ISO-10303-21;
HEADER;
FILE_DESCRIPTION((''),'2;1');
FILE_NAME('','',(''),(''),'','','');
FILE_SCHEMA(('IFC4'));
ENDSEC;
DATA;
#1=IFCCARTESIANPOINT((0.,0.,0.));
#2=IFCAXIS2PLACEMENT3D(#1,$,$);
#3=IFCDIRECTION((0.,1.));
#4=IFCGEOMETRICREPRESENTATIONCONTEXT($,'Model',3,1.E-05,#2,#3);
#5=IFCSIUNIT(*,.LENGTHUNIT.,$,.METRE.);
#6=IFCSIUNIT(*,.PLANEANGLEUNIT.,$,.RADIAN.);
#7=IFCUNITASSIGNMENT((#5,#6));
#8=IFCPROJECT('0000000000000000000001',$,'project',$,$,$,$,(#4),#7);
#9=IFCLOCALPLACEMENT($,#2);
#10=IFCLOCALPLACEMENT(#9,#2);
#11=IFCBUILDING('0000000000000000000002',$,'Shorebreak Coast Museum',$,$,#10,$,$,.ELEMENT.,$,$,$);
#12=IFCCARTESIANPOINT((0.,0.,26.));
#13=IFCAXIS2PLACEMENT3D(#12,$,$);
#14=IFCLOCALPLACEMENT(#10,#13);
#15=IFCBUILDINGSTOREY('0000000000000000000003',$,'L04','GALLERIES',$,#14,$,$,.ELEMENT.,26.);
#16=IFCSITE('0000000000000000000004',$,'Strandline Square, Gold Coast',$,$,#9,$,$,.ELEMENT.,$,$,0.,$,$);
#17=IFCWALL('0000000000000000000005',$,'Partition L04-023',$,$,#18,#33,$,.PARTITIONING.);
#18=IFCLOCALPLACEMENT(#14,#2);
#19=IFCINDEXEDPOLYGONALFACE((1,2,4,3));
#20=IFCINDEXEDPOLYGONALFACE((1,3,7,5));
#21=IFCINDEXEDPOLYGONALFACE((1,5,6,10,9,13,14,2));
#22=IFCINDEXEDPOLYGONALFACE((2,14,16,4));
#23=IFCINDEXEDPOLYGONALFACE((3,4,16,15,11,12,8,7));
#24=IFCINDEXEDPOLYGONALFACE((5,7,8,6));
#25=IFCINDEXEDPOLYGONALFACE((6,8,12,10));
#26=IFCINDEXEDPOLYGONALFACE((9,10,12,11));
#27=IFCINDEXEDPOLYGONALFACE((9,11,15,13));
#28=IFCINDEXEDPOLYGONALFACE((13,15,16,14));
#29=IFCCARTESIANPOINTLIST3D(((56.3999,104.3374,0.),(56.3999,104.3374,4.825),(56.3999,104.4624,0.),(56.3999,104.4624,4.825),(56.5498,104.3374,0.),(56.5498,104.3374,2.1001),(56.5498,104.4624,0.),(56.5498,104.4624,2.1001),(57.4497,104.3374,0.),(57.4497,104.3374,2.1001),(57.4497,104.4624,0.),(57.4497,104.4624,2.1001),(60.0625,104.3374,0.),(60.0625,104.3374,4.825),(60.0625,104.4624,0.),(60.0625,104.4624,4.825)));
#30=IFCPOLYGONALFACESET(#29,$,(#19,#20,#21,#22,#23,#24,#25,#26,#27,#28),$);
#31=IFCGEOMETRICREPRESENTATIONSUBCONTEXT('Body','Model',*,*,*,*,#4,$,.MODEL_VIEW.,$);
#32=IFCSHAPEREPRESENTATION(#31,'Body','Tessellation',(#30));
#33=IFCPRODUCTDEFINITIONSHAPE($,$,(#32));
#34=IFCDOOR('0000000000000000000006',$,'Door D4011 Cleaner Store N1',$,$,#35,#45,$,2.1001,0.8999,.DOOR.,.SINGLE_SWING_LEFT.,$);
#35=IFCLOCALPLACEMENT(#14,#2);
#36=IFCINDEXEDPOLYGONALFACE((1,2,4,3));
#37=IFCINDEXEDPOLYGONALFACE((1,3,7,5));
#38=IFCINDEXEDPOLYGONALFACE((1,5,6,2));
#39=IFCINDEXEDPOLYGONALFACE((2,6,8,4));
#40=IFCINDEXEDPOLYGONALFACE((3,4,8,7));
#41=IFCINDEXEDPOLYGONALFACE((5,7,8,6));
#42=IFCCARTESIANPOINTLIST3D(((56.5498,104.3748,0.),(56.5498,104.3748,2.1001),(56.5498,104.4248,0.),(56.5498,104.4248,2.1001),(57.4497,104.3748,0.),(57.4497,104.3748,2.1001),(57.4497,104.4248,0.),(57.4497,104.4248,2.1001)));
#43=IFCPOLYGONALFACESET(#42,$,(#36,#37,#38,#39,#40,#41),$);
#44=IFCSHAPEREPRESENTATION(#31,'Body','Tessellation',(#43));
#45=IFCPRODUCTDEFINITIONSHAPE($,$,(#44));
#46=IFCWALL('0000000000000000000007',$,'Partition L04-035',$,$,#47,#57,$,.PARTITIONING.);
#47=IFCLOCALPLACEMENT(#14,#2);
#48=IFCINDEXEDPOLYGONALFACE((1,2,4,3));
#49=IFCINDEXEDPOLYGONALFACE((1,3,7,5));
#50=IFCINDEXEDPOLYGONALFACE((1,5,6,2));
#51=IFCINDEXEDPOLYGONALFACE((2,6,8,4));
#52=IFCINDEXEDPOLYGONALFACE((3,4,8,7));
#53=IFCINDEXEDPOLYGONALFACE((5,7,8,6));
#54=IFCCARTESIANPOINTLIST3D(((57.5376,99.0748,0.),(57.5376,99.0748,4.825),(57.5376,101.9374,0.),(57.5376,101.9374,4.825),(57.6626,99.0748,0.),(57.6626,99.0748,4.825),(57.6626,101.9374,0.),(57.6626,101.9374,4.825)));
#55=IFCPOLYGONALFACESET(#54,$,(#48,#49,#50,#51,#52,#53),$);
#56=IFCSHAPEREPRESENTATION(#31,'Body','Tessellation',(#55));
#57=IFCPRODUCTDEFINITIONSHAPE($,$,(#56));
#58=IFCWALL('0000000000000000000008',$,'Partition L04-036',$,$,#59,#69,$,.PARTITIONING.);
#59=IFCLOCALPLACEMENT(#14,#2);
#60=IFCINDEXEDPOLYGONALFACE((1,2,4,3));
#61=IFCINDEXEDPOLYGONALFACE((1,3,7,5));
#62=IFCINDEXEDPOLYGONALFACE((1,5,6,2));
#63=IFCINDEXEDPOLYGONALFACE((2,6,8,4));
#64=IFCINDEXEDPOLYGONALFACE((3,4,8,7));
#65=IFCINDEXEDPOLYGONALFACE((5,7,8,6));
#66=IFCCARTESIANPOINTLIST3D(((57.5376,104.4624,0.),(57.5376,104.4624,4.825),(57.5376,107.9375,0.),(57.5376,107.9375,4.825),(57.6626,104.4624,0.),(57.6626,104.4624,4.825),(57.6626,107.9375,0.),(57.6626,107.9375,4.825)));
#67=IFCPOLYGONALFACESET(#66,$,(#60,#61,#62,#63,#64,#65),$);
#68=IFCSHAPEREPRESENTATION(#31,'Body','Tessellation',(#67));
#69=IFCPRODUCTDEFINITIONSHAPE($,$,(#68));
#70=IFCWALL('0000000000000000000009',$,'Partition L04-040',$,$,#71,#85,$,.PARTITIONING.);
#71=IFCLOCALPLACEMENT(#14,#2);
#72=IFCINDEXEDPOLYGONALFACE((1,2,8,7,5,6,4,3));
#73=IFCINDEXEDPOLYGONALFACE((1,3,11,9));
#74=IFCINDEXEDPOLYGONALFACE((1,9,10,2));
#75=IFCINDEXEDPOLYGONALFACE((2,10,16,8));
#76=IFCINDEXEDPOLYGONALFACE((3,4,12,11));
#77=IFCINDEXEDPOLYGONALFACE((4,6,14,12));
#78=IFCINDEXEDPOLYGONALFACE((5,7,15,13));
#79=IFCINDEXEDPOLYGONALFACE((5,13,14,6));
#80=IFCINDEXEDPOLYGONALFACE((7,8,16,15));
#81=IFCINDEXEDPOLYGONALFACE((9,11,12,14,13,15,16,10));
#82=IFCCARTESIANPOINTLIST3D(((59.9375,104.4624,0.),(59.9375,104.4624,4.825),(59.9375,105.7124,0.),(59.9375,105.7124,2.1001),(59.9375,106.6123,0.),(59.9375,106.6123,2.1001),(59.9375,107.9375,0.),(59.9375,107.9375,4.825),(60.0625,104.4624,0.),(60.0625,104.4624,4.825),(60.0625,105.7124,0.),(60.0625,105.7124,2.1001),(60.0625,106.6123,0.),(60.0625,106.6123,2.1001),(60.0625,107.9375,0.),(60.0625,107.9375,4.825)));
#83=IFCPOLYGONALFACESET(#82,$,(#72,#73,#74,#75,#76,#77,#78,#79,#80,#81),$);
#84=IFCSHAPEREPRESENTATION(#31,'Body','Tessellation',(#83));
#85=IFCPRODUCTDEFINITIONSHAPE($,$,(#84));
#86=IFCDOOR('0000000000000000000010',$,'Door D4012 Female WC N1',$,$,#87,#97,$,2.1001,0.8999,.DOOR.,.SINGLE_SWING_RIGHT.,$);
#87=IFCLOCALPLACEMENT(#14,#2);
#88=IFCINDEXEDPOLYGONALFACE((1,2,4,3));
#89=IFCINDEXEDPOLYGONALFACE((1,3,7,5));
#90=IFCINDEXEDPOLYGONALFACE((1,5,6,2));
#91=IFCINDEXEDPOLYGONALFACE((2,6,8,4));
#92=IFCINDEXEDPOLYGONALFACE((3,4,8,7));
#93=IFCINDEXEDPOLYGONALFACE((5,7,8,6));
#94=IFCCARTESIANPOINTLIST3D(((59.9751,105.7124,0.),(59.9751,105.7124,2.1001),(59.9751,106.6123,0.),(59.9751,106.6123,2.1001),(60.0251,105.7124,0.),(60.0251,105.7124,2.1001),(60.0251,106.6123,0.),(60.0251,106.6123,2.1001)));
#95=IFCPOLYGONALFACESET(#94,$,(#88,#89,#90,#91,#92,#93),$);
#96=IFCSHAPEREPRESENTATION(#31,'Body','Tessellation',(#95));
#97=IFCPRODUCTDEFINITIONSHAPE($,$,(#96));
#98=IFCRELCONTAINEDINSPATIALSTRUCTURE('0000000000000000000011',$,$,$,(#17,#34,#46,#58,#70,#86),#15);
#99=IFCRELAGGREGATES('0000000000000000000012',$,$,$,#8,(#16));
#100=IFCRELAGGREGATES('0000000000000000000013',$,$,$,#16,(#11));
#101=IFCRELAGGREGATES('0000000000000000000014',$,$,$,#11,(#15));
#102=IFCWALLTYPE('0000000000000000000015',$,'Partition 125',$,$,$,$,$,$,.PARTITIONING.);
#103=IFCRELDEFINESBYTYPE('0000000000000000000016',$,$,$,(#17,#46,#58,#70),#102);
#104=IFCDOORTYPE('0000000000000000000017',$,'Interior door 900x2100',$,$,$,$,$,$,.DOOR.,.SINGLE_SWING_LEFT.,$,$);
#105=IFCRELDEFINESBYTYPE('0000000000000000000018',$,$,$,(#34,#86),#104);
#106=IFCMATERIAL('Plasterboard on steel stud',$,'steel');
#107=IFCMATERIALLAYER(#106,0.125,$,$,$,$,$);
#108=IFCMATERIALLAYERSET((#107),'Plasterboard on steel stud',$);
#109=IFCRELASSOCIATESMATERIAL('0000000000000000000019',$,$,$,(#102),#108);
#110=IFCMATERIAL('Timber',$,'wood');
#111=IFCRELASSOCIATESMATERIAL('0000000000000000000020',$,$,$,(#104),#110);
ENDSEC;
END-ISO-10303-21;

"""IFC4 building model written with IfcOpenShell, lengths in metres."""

from ifc_helpers import new_model, si_unit, direction, frame, frame_2d, origin, place, context, subcontext, project, spatial, rectangle, extrude, material, layer, layer_set, type_object, element, fill, save


model = new_model("IFC4")

# Units and contexts
model_context = context("Model", 3, precision=1e-05, world=origin(), true_north=direction((0.0, 1.0)))
body_context = subcontext(model_context, "Body", "Model", "MODEL_VIEW")
ifc_project = project(units=[si_unit("LENGTHUNIT", "METRE"), si_unit("PLANEANGLEUNIT", "RADIAN")], contexts=[model_context])

# Site, building, storey
site_placement = place(None, origin())
site = spatial("IfcSite", under=ifc_project, at=site_placement, Name="Strandline Square, Gold Coast", CompositionType="ELEMENT", RefElevation=0.0)
building_placement = place(site_placement, origin())
building = spatial("IfcBuilding", under=site, at=building_placement, Name="Shorebreak Coast Museum", CompositionType="ELEMENT")
storey_placement = place(building_placement, frame((0.0, 0.0, 26.0)))
storey = spatial("IfcBuildingStorey", under=building, at=storey_placement, Name="L04", Description="GALLERIES", CompositionType="ELEMENT", Elevation=26.0)

# Shared definitions
ifc_material_1 = material(Name="Plasterboard on steel stud", Category="steel")
ifc_layer_1 = layer(ifc_material_1, 0.125)
ifc_layer_set_1 = layer_set([ifc_layer_1], Name="Plasterboard on steel stud")
wall_type_1 = type_object("IfcWallType", Name="Partition 125", PredefinedType="PARTITIONING", material=ifc_layer_set_1)
ifc_material_2 = material(Name="Timber", Category="wood")
door_type_1 = type_object("IfcDoorType", Name="Interior door 900x2100", OperationType="SINGLE_SWING_LEFT", PredefinedType="DOOR", material=ifc_material_2)

# Wall, opening, door
wall_1_placement = place(storey_placement, frame((56.3999, 104.3999, 0.0), z_axis=(0.0, 0.0, 1.0), x_axis=(1.0, 0.0, 0.0)))
wall_1 = element("IfcWall", 1, at=wall_1_placement, inside=storey, type_object=wall_type_1, Name="Partition L04-023", PredefinedType="PARTITIONING", context=body_context, shape_type="SweptSolid", body=[
    extrude(rectangle(XDim=3.6626, YDim=0.125, at=frame_2d((1.8313, 0.0))), origin(), (0.0, 0.0, 1.0), 4.825),
])
opening_1_placement = place(wall_1_placement, frame((0.1499, 0.0, 0.0)))
opening_1 = element("IfcOpeningElement", 2, at=opening_1_placement, cuts=wall_1, PredefinedType="OPENING", context=body_context, shape_type="SweptSolid", body=[
    extrude(rectangle(XDim=0.8999, YDim=2.1001, at=frame_2d((0.45, 1.05))), frame((0.0, 0.0725, 0.0), z_axis=(0.0, -1.0, 0.0), x_axis=(1.0, 0.0, 0.0)), (0.0, 0.0, 1.0), 0.145),
])
door_1_placement = place(opening_1_placement, origin())
door_1 = element("IfcDoor", 3, at=door_1_placement, inside=storey, type_object=door_type_1, Name="Door D4011 Cleaner Store N1", OperationType="SINGLE_SWING_LEFT", OverallHeight=2.1001, OverallWidth=0.8999, PredefinedType="DOOR", context=body_context, shape_type="SweptSolid", body=[
    extrude(rectangle(XDim=0.8999, YDim=2.1001, at=frame_2d((0.45, 1.05))), frame((0.0, 0.0249, 0.0), z_axis=(0.0, -1.0, 0.0), x_axis=(1.0, 0.0, 0.0)), (0.0, 0.0, 1.0), 0.05),
])
fill(opening_1, door_1)

# Walls
wall_2_placement = place(storey_placement, frame((57.6001, 99.075, 0.0), z_axis=(0.0, 0.0, 1.0), x_axis=(0.0, 1.0, 0.0)))
element("IfcWall", 4, at=wall_2_placement, inside=storey, type_object=wall_type_1, Name="Partition L04-035", PredefinedType="PARTITIONING", context=body_context, shape_type="SweptSolid", body=[
    extrude(rectangle(XDim=2.8625, YDim=0.125, at=frame_2d((1.4312, 0.0))), origin(), (0.0, 0.0, 1.0), 4.825),
])
wall_3_placement = place(storey_placement, frame((57.6001, 104.4624, 0.0), z_axis=(0.0, 0.0, 1.0), x_axis=(0.0, 1.0, 0.0)))
element("IfcWall", 5, at=wall_3_placement, inside=storey, type_object=wall_type_1, Name="Partition L04-036", PredefinedType="PARTITIONING", context=body_context, shape_type="SweptSolid", body=[
    extrude(rectangle(XDim=3.4751, YDim=0.125, at=frame_2d((1.7375, 0.0))), origin(), (0.0, 0.0, 1.0), 4.825),
])

# Wall, opening, door
wall_4_placement = place(storey_placement, frame((60.0, 104.4624, 0.0), z_axis=(0.0, 0.0, 1.0), x_axis=(0.0, 1.0, 0.0)))
wall_4 = element("IfcWall", 6, at=wall_4_placement, inside=storey, type_object=wall_type_1, Name="Partition L04-040", PredefinedType="PARTITIONING", context=body_context, shape_type="SweptSolid", body=[
    extrude(rectangle(XDim=3.4751, YDim=0.125, at=frame_2d((1.7375, 0.0))), origin(), (0.0, 0.0, 1.0), 4.825),
])
opening_2_placement = place(wall_4_placement, frame((1.25, 0.0, 0.0)))
opening_2 = element("IfcOpeningElement", 7, at=opening_2_placement, cuts=wall_4, PredefinedType="OPENING", context=body_context, shape_type="SweptSolid", body=[
    extrude(rectangle(XDim=0.8999, YDim=2.1001, at=frame_2d((0.45, 1.05))), frame((0.0, 0.0725, 0.0), z_axis=(0.0, -1.0, 0.0), x_axis=(1.0, 0.0, 0.0)), (0.0, 0.0, 1.0), 0.145),
])
door_2_placement = place(opening_2_placement, origin())
door_2 = element("IfcDoor", 8, at=door_2_placement, inside=storey, type_object=door_type_1, Name="Door D4012 Female WC N1", OperationType="SINGLE_SWING_RIGHT", OverallHeight=2.1001, OverallWidth=0.8999, PredefinedType="DOOR", context=body_context, shape_type="SweptSolid", body=[
    extrude(rectangle(XDim=0.8999, YDim=2.1001, at=frame_2d((0.45, 1.05))), frame((0.0, 0.0249, 0.0), z_axis=(0.0, -1.0, 0.0), x_axis=(1.0, 0.0, 0.0)), (0.0, 0.0, 1.0), 0.05),
])
fill(opening_2, door_2)

save(model, "model.ifc")
